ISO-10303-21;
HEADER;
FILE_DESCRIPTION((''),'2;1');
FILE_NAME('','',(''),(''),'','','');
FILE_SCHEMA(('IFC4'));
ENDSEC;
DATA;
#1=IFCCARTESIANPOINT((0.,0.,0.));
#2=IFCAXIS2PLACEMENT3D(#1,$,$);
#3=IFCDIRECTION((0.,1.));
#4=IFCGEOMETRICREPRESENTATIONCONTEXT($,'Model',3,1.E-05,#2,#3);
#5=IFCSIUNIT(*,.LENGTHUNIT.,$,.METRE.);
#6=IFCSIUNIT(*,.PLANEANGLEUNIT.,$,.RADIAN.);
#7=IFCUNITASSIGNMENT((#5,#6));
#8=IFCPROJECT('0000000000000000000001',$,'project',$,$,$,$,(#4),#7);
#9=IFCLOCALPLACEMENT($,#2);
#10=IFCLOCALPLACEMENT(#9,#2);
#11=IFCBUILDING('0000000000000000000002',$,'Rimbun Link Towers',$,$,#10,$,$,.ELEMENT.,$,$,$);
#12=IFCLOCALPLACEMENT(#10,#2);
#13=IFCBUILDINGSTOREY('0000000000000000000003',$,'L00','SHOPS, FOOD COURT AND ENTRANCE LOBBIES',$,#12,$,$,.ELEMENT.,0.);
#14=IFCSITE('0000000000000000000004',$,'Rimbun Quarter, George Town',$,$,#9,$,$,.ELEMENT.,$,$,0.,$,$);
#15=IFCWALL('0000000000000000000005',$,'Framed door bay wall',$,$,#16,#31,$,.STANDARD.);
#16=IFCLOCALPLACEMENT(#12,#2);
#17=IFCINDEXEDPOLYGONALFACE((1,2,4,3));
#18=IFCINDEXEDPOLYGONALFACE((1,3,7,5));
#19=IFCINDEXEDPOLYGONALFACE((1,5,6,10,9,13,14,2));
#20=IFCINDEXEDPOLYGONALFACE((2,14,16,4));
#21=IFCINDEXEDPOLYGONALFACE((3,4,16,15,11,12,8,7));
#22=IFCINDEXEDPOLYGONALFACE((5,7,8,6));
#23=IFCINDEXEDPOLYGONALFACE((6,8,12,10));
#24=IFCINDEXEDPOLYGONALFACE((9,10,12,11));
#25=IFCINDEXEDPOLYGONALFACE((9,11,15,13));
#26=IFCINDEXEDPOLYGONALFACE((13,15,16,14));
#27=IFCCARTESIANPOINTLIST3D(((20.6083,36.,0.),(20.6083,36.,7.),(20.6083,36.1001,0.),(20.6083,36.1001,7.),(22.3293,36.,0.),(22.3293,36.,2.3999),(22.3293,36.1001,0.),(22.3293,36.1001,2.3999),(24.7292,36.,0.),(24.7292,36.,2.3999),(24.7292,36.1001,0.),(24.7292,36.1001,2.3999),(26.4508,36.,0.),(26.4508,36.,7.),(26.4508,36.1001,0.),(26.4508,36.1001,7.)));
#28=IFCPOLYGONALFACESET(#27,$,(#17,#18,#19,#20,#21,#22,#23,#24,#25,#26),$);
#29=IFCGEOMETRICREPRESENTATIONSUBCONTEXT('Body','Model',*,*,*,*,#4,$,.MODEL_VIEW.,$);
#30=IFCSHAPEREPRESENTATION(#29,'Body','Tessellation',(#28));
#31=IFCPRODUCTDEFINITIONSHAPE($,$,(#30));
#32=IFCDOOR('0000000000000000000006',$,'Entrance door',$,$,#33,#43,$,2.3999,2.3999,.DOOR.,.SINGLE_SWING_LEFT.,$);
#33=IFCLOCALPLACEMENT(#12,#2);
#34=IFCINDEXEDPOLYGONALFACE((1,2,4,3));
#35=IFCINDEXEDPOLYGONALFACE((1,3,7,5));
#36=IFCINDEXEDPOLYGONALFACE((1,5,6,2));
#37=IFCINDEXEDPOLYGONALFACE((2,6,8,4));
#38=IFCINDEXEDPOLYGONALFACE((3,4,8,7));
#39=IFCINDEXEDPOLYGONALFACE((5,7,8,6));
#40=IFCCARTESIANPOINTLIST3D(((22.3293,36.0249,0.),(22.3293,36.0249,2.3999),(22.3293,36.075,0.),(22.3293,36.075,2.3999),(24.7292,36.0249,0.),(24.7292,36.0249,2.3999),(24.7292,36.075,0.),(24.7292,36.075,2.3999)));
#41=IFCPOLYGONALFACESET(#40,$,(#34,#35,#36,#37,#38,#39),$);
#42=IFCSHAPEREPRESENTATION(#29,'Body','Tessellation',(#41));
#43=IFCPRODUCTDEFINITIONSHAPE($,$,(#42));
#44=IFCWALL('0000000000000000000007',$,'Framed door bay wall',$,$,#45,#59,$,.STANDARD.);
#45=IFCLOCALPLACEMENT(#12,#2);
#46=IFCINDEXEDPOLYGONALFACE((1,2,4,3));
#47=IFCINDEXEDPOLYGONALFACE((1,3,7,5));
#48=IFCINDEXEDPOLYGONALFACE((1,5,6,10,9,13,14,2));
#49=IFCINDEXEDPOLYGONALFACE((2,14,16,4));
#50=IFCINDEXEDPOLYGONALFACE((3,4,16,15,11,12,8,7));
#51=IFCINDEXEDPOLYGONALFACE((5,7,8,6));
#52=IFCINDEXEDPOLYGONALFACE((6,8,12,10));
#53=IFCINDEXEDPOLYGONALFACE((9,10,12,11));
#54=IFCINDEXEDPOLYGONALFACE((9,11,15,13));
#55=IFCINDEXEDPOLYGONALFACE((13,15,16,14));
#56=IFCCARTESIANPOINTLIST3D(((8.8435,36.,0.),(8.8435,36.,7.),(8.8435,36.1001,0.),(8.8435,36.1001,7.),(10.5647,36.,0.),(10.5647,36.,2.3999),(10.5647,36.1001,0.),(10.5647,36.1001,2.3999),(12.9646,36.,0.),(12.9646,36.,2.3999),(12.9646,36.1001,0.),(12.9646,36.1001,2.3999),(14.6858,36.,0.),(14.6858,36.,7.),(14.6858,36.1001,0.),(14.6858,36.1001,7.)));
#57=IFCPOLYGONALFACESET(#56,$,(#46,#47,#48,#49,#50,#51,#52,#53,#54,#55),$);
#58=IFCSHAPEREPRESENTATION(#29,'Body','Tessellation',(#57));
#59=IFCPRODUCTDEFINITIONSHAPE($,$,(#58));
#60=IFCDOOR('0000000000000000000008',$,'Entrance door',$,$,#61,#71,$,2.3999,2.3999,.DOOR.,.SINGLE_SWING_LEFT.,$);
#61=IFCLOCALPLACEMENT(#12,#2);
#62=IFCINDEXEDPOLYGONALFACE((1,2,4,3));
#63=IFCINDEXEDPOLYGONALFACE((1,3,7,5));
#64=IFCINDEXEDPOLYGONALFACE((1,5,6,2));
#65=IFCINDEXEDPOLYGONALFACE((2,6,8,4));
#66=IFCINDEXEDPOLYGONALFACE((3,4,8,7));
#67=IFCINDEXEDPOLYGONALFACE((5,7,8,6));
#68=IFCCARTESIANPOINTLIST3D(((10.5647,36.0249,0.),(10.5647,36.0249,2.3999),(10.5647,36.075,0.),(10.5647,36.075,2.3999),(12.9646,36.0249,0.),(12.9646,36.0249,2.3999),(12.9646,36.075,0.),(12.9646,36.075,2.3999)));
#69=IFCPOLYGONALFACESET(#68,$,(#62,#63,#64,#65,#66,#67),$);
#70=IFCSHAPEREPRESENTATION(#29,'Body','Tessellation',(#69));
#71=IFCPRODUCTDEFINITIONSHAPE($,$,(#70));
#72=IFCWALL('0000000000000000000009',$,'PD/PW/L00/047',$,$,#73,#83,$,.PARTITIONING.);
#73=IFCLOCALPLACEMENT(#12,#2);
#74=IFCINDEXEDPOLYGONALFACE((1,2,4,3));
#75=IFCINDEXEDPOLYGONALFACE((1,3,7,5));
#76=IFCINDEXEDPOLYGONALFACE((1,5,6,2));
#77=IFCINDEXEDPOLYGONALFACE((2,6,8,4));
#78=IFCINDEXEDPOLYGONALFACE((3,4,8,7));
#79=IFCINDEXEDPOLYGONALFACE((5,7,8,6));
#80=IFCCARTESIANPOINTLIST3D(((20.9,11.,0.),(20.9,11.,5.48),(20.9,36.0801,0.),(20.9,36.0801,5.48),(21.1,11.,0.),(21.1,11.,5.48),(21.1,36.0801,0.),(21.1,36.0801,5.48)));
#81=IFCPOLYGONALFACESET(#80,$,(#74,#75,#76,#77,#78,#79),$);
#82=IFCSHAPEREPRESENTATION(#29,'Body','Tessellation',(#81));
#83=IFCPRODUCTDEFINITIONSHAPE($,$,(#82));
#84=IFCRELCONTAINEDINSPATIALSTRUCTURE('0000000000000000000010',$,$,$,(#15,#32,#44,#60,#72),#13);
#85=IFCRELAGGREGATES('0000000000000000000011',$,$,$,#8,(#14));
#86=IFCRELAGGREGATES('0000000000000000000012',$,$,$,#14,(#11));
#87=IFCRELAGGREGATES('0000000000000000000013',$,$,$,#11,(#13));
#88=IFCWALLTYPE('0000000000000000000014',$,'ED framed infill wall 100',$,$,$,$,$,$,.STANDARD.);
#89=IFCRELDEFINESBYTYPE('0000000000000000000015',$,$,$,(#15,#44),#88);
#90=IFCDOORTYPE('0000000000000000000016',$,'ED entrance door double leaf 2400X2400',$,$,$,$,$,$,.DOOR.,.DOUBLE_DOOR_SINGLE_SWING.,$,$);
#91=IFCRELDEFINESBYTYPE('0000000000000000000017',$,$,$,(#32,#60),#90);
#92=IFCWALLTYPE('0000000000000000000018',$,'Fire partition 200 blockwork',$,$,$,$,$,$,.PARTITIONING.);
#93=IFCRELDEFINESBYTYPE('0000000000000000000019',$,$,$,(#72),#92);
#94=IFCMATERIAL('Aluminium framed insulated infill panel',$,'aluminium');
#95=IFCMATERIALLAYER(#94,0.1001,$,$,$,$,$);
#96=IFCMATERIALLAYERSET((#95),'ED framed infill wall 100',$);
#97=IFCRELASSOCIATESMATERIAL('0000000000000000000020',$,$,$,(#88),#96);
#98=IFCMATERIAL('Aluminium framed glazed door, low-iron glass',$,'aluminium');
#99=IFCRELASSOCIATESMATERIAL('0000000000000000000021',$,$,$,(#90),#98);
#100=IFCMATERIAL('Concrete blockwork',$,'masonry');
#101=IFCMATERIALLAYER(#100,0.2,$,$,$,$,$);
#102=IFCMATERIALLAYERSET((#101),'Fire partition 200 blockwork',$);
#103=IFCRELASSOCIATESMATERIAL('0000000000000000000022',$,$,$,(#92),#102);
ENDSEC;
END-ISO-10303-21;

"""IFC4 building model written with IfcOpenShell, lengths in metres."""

from ifc_helpers import new_model, si_unit, direction, frame, frame_2d, origin, place, context, subcontext, project, spatial, rectangle, extrude, material, layer, layer_set, type_object, element, fill, save


model = new_model("IFC4")

# Units and contexts
model_context = context("Model", 3, precision=1e-05, world=origin(), true_north=direction((0.0, 1.0)))
body_context = subcontext(model_context, "Body", "Model", "MODEL_VIEW")
ifc_project = project(units=[si_unit("LENGTHUNIT", "METRE"), si_unit("PLANEANGLEUNIT", "RADIAN")], contexts=[model_context])

# Site, building, storey
site_placement = place(None, origin())
site = spatial("IfcSite", under=ifc_project, at=site_placement, Name="Rimbun Quarter, George Town", CompositionType="ELEMENT", RefElevation=0.0)
building_placement = place(site_placement, origin())
building = spatial("IfcBuilding", under=site, at=building_placement, Name="Rimbun Link Towers", CompositionType="ELEMENT")
storey_placement = place(building_placement, origin())
storey = spatial("IfcBuildingStorey", under=building, at=storey_placement, Name="L00", Description="SHOPS, FOOD COURT AND ENTRANCE LOBBIES", CompositionType="ELEMENT", Elevation=0.0)

# Walls, openings, doors
ifc_material_1 = material(Name="Aluminium framed insulated infill panel", Category="aluminium")
ifc_layer_1 = layer(ifc_material_1, 0.1001)
ifc_layer_set_1 = layer_set([ifc_layer_1], Name="ED framed infill wall 100")
wall_type_1 = type_object("IfcWallType", Name="ED framed infill wall 100", PredefinedType="STANDARD", material=ifc_layer_set_1)
wall_1_placement = place(storey_placement, frame((20.6082, 36.05, 0.0), z_axis=(0.0, 0.0, 1.0), x_axis=(1.0, 0.0, 0.0)))
wall_1 = element("IfcWall", 1, at=wall_1_placement, inside=storey, type_object=wall_type_1, Name="Framed door bay wall", PredefinedType="STANDARD", context=body_context, shape_type="SweptSolid", body=[
    extrude(rectangle(XDim=5.8425, YDim=0.1001, at=frame_2d((2.9214, 0.0))), origin(), (0.0, 0.0, 1.0), 7.0),
])
opening_1_placement = place(wall_1_placement, frame((1.7212, 0.0, 0.0)))
opening_1 = element("IfcOpeningElement", 2, at=opening_1_placement, cuts=wall_1, PredefinedType="OPENING", context=body_context, shape_type="SweptSolid", body=[
    extrude(rectangle(XDim=2.3999, YDim=2.3999, at=frame_2d((1.2, 1.2))), frame((0.0, 0.0601, 0.0), z_axis=(0.0, -1.0, 0.0), x_axis=(1.0, 0.0, 0.0)), (0.0, 0.0, 1.0), 0.1201),
])
ifc_material_2 = material(Name="Aluminium framed glazed door, low-iron glass", Category="aluminium")
door_type = type_object("IfcDoorType", Name="ED entrance door double leaf 2400X2400", OperationType="DOUBLE_DOOR_SINGLE_SWING", PredefinedType="DOOR", material=ifc_material_2)
door_1_placement = place(opening_1_placement, origin())
door_1 = element("IfcDoor", 3, at=door_1_placement, inside=storey, type_object=door_type, Name="Entrance door", OperationType="SINGLE_SWING_LEFT", OverallHeight=2.3999, OverallWidth=2.3999, PredefinedType="DOOR", context=body_context, shape_type="SweptSolid", body=[
    extrude(rectangle(XDim=2.3999, YDim=2.3999, at=frame_2d((1.2, 1.2))), frame((0.0, 0.0249, 0.0), z_axis=(0.0, -1.0, 0.0), x_axis=(1.0, 0.0, 0.0)), (0.0, 0.0, 1.0), 0.05),
])
fill(opening_1, door_1)
wall_2_placement = place(storey_placement, frame((8.8435, 36.05, 0.0), z_axis=(0.0, 0.0, 1.0), x_axis=(1.0, 0.0, 0.0)))
wall_2 = element("IfcWall", 4, at=wall_2_placement, inside=storey, type_object=wall_type_1, Name="Framed door bay wall", PredefinedType="STANDARD", context=body_context, shape_type="SweptSolid", body=[
    extrude(rectangle(XDim=5.8423, YDim=0.1001, at=frame_2d((2.9211, 0.0))), origin(), (0.0, 0.0, 1.0), 7.0),
])
opening_2_placement = place(wall_2_placement, frame((1.7212, 0.0, 0.0)))
opening_2 = element("IfcOpeningElement", 5, at=opening_2_placement, cuts=wall_2, PredefinedType="OPENING", context=body_context, shape_type="SweptSolid", body=[
    extrude(rectangle(XDim=2.3999, YDim=2.3999, at=frame_2d((1.2, 1.2))), frame((0.0, 0.0601, 0.0), z_axis=(0.0, -1.0, 0.0), x_axis=(1.0, 0.0, 0.0)), (0.0, 0.0, 1.0), 0.1201),
])
door_2_placement = place(opening_2_placement, origin())
door_2 = element("IfcDoor", 6, at=door_2_placement, inside=storey, type_object=door_type, Name="Entrance door", OperationType="SINGLE_SWING_LEFT", OverallHeight=2.3999, OverallWidth=2.3999, PredefinedType="DOOR", context=body_context, shape_type="SweptSolid", body=[
    extrude(rectangle(XDim=2.3999, YDim=2.3999, at=frame_2d((1.2, 1.2))), frame((0.0, 0.0249, 0.0), z_axis=(0.0, -1.0, 0.0), x_axis=(1.0, 0.0, 0.0)), (0.0, 0.0, 1.0), 0.05),
])
fill(opening_2, door_2)

# Wall
ifc_material_3 = material(Name="Concrete blockwork", Category="masonry")
ifc_layer_2 = layer(ifc_material_3, 0.2)
ifc_layer_set_2 = layer_set([ifc_layer_2], Name="Fire partition 200 blockwork")
wall_type_2 = type_object("IfcWallType", Name="Fire partition 200 blockwork", PredefinedType="PARTITIONING", material=ifc_layer_set_2)
wall_3_placement = place(storey_placement, frame((21.0, 36.0801, 0.0), z_axis=(0.0, 0.0, 1.0), x_axis=(0.0, -1.0, 0.0)))
element("IfcWall", 7, at=wall_3_placement, inside=storey, type_object=wall_type_2, Name="PD/PW/L00/047", PredefinedType="PARTITIONING", context=body_context, shape_type="SweptSolid", body=[
    extrude(rectangle(XDim=25.0801, YDim=0.2, at=frame_2d((12.54, 0.0))), origin(), (0.0, 0.0, 1.0), 5.48),
])

save(model, "model.ifc")
